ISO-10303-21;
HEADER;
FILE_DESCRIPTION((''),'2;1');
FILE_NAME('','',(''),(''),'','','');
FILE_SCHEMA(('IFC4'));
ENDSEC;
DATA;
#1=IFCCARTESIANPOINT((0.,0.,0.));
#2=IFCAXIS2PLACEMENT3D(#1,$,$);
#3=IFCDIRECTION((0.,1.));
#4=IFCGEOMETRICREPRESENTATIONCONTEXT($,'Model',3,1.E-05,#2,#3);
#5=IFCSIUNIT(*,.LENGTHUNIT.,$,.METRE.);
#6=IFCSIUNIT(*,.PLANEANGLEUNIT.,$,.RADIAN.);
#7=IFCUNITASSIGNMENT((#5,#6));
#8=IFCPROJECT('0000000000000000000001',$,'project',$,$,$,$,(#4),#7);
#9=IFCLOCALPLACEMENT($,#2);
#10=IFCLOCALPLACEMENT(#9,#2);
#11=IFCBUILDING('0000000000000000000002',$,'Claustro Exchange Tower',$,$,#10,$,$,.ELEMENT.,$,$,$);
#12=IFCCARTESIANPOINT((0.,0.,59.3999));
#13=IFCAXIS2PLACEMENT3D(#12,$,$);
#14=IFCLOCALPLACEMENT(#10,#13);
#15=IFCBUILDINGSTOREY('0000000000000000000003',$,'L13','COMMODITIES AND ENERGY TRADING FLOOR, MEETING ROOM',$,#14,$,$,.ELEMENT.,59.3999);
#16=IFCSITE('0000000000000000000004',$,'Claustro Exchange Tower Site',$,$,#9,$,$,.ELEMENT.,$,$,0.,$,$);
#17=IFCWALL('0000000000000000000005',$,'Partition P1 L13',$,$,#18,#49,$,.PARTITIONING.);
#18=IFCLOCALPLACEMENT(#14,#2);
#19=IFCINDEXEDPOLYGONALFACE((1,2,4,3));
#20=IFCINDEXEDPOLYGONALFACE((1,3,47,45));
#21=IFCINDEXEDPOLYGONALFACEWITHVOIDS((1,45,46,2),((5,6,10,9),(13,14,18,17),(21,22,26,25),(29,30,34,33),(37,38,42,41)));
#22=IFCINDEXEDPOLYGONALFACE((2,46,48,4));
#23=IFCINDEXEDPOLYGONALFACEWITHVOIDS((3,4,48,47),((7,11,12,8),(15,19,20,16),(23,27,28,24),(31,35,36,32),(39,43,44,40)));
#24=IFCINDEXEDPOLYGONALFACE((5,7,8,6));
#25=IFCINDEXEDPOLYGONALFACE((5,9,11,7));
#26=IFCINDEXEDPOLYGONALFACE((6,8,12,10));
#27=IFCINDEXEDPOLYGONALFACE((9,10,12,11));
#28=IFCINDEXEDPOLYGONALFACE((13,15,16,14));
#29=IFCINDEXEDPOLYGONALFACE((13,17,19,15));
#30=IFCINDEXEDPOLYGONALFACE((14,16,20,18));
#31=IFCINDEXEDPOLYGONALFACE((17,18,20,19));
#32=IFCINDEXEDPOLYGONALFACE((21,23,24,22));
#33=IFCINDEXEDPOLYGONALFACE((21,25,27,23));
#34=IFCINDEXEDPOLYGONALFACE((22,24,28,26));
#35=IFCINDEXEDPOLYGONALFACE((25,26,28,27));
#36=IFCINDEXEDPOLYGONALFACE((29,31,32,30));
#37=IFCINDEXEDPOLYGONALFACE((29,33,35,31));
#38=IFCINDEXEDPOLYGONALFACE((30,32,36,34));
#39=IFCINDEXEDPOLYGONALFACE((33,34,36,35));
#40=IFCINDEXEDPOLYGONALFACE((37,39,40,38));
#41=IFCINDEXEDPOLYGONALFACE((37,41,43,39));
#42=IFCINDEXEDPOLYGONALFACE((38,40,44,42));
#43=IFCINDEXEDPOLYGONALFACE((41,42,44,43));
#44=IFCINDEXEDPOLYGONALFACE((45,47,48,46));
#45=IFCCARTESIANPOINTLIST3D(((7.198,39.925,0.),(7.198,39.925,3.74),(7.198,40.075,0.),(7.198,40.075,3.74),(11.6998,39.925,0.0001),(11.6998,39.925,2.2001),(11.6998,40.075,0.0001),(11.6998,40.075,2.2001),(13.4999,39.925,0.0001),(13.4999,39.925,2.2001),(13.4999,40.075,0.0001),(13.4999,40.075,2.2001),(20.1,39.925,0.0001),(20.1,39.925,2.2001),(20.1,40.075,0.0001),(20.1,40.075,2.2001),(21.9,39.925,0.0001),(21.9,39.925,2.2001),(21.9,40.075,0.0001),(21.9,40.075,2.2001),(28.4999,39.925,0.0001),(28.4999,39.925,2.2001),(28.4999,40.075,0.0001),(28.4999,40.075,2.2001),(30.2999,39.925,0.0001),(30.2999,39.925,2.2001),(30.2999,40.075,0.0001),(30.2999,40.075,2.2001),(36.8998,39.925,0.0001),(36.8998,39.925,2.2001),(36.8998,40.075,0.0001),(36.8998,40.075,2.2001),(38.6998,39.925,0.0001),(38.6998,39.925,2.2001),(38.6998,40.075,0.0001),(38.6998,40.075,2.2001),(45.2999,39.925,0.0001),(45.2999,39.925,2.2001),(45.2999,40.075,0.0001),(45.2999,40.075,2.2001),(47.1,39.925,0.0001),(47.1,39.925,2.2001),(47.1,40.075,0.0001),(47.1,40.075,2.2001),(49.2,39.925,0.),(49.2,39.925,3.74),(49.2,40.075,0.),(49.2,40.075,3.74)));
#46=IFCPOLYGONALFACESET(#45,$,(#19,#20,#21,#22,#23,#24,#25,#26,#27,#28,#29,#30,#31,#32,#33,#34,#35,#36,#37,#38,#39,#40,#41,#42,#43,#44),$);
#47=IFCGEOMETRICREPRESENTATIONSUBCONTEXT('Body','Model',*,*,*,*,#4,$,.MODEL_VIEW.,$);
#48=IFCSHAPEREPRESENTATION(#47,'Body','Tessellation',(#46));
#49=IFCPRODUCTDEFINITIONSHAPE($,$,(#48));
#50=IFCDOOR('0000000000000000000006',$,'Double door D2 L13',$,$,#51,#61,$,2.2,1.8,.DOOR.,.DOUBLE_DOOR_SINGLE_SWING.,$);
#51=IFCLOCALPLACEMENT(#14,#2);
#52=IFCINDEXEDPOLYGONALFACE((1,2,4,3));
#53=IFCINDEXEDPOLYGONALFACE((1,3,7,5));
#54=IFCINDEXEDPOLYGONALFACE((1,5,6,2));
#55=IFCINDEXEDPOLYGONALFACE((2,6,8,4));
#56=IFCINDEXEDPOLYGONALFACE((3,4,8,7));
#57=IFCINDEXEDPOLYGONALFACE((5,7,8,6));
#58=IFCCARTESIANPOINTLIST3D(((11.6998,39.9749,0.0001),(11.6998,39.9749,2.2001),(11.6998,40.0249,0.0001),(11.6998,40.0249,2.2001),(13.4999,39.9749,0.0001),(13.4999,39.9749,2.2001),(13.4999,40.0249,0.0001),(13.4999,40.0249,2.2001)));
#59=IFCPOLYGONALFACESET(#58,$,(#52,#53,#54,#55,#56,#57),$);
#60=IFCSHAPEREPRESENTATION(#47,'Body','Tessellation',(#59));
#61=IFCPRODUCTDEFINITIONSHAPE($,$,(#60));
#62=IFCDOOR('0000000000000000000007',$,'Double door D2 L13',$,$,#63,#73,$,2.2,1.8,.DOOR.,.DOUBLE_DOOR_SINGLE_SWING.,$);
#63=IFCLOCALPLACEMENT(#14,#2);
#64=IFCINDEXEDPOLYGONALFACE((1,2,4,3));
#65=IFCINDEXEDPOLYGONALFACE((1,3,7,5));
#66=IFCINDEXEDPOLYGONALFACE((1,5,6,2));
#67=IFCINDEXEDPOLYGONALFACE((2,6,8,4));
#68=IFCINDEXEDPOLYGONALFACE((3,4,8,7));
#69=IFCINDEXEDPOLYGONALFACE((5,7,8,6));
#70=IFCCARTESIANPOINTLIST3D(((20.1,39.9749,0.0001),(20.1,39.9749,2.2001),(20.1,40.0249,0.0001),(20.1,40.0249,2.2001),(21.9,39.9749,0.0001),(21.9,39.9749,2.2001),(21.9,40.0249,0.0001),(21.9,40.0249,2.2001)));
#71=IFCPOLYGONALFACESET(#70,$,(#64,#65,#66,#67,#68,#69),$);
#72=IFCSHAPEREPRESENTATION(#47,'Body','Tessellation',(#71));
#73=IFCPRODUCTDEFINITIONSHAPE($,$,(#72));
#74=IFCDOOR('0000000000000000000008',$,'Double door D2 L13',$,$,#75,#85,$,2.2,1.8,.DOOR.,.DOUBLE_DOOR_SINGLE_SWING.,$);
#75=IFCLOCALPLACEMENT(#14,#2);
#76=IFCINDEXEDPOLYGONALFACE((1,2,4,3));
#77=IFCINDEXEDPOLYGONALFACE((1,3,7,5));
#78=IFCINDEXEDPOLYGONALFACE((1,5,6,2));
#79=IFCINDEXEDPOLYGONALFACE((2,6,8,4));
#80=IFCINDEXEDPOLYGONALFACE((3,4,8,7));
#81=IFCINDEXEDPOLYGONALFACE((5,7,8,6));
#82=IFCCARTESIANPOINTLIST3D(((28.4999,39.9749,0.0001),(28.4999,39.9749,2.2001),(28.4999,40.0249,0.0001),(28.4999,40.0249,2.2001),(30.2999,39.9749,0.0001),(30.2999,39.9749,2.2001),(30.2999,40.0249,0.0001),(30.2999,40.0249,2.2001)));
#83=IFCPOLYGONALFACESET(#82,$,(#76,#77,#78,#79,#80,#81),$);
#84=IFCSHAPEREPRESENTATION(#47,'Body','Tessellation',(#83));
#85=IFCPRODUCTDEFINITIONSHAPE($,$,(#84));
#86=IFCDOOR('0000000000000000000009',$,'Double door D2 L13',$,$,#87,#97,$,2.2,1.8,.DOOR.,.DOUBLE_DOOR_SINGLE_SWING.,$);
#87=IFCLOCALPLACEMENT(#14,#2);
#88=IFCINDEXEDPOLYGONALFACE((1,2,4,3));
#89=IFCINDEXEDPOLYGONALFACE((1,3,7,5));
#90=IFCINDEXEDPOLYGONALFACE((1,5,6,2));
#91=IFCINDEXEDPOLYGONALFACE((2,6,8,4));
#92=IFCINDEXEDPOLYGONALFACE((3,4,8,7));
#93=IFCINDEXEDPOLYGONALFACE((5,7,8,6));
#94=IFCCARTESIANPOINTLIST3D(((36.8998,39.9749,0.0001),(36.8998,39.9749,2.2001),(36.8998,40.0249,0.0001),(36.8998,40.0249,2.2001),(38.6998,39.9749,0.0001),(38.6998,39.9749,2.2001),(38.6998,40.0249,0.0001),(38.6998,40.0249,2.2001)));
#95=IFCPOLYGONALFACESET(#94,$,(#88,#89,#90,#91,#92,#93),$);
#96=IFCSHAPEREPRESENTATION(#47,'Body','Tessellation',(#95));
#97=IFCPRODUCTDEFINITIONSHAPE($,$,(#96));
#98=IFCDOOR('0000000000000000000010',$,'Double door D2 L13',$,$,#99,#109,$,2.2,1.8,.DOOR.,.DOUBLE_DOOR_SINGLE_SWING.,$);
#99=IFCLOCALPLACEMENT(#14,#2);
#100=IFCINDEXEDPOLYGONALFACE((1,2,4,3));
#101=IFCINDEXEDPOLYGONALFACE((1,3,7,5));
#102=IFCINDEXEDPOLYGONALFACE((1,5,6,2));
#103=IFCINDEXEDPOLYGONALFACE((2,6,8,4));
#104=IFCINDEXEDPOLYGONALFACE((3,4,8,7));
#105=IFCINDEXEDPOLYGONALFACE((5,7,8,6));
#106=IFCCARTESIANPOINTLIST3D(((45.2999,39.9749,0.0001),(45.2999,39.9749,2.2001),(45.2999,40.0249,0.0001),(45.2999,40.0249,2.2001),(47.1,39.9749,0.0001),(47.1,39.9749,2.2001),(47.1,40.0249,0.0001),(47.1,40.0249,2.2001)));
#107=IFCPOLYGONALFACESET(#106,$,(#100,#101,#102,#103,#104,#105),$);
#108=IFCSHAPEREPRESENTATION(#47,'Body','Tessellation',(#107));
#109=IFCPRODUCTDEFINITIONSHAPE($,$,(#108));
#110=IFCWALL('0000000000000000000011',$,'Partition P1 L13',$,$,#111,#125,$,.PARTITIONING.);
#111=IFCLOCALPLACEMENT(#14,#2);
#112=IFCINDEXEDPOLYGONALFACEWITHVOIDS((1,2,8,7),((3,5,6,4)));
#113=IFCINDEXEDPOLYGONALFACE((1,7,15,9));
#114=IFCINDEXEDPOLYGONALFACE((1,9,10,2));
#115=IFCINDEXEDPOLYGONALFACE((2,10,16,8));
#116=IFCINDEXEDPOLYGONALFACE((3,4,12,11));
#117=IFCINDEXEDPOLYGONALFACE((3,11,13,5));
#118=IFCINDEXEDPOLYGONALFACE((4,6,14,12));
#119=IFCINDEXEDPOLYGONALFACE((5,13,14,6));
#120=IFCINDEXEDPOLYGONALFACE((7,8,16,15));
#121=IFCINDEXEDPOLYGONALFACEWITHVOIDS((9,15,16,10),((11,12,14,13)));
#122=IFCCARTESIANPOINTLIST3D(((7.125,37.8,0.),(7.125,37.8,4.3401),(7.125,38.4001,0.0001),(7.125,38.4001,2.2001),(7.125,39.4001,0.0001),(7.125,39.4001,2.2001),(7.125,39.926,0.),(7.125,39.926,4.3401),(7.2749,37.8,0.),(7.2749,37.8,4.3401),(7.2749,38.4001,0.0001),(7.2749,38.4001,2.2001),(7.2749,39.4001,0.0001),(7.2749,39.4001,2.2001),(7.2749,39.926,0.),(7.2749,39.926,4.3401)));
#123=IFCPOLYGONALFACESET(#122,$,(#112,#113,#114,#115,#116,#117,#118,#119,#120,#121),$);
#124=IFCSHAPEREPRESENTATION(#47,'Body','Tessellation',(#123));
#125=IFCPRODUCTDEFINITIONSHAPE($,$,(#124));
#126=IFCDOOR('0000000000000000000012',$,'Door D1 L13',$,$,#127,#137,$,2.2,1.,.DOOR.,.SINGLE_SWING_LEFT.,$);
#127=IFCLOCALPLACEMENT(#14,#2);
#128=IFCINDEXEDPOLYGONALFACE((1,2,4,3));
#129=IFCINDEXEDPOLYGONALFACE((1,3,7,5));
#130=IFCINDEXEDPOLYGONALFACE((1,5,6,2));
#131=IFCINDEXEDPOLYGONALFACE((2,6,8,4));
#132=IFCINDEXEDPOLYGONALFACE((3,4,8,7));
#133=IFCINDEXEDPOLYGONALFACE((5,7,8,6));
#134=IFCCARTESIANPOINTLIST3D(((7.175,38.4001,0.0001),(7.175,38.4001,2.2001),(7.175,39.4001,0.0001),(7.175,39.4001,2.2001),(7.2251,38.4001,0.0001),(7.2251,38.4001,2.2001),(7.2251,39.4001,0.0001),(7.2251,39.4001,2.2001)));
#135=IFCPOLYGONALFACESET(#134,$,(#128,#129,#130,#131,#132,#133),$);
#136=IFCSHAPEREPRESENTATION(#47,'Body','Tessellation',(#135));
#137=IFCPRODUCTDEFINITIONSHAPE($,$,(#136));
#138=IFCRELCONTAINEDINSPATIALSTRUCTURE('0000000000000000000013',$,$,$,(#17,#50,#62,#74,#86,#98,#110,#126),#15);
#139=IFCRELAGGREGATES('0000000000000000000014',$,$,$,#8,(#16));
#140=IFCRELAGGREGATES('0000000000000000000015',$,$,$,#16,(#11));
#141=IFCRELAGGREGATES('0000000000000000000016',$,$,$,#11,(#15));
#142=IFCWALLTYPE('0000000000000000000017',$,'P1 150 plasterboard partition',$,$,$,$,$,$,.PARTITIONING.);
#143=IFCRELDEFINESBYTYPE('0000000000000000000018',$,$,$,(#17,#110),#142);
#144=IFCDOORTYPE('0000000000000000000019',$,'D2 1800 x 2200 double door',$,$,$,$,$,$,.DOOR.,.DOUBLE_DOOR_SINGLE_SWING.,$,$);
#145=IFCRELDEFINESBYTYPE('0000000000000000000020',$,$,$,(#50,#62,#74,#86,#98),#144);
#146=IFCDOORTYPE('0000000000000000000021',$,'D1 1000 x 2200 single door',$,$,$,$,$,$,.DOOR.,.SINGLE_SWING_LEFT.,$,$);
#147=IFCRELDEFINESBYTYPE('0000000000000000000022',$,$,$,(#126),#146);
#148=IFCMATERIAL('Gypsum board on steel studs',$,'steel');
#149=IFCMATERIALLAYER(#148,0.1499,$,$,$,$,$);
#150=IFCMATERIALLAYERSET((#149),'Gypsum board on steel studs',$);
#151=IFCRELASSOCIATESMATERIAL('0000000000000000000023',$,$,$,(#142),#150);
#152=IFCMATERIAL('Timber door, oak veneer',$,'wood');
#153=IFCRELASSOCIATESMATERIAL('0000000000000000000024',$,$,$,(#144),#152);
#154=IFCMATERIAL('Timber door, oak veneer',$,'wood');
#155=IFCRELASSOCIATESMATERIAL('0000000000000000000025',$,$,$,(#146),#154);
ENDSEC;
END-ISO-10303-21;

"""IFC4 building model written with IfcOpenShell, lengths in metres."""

from ifc_helpers import new_model, si_unit, direction, frame, frame_2d, origin, place, context, subcontext, project, spatial, rectangle, extrude, material, layer, layer_set, type_object, element, fill, save


model = new_model("IFC4")

# Units and contexts
model_context = context("Model", 3, precision=1e-05, world=origin(), true_north=direction((0.0, 1.0)))
body_context = subcontext(model_context, "Body", "Model", "MODEL_VIEW")
ifc_project = project(units=[si_unit("LENGTHUNIT", "METRE"), si_unit("PLANEANGLEUNIT", "RADIAN")], contexts=[model_context])

# Site, building, storey
site_placement = place(None, origin())
site = spatial("IfcSite", under=ifc_project, at=site_placement, Name="Claustro Exchange Tower Site", CompositionType="ELEMENT", RefElevation=0.0)
building_placement = place(site_placement, origin())
building = spatial("IfcBuilding", under=site, at=building_placement, Name="Claustro Exchange Tower", CompositionType="ELEMENT")
storey_placement = place(building_placement, frame((0.0, 0.0, 59.3999)))
storey = spatial("IfcBuildingStorey", under=building, at=storey_placement, Name="L13", Description="COMMODITIES AND ENERGY TRADING FLOOR, MEETING ROOM", CompositionType="ELEMENT", Elevation=59.3999)

# Wall, openings, doors
ifc_material_1 = material(Name="Gypsum board on steel studs", Category="steel")
ifc_layer = layer(ifc_material_1, 0.1499)
ifc_layer_set = layer_set([ifc_layer], Name="Gypsum board on steel studs")
wall_type = type_object("IfcWallType", Name="P1 150 plasterboard partition", PredefinedType="PARTITIONING", material=ifc_layer_set)
wall_1_placement = place(storey_placement, frame((7.198, 40.0, 0.0), z_axis=(0.0, 0.0, 1.0), x_axis=(1.0, 0.0, 0.0)))
wall_1 = element("IfcWall", 1, at=wall_1_placement, inside=storey, type_object=wall_type, Name="Partition P1 L13", PredefinedType="PARTITIONING", context=body_context, shape_type="SweptSolid", body=[
    extrude(rectangle(XDim=42.002, YDim=0.1499, at=frame_2d((21.001, 0.0))), origin(), (0.0, 0.0, 1.0), 3.74),
])
opening_1_placement = place(wall_1_placement, frame((4.502, 0.0, 0.0)))
opening_1 = element("IfcOpeningElement", 2, at=opening_1_placement, cuts=wall_1, PredefinedType="OPENING", context=body_context, shape_type="SweptSolid", body=[
    extrude(rectangle(XDim=1.8, YDim=2.2, at=frame_2d((0.8999, 1.1001))), frame((0.0, 0.085, 0.0), z_axis=(0.0, -1.0, 0.0), x_axis=(1.0, 0.0, 0.0)), (0.0, 0.0, 1.0), 0.1699),
])
opening_2_placement = place(wall_1_placement, frame((12.9021, 0.0, 0.0)))
opening_2 = element("IfcOpeningElement", 3, at=opening_2_placement, cuts=wall_1, PredefinedType="OPENING", context=body_context, shape_type="SweptSolid", body=[
    extrude(rectangle(XDim=1.8, YDim=2.2, at=frame_2d((0.8999, 1.1001))), frame((0.0, 0.085, 0.0), z_axis=(0.0, -1.0, 0.0), x_axis=(1.0, 0.0, 0.0)), (0.0, 0.0, 1.0), 0.1699),
])
opening_3_placement = place(wall_1_placement, frame((21.302, 0.0, 0.0)))
opening_3 = element("IfcOpeningElement", 4, at=opening_3_placement, cuts=wall_1, PredefinedType="OPENING", context=body_context, shape_type="SweptSolid", body=[
    extrude(rectangle(XDim=1.8, YDim=2.2, at=frame_2d((0.8999, 1.1001))), frame((0.0, 0.085, 0.0), z_axis=(0.0, -1.0, 0.0), x_axis=(1.0, 0.0, 0.0)), (0.0, 0.0, 1.0), 0.1699),
])
opening_4_placement = place(wall_1_placement, frame((29.7019, 0.0, 0.0)))
opening_4 = element("IfcOpeningElement", 5, at=opening_4_placement, cuts=wall_1, PredefinedType="OPENING", context=body_context, shape_type="SweptSolid", body=[
    extrude(rectangle(XDim=1.8, YDim=2.2, at=frame_2d((0.8999, 1.1001))), frame((0.0, 0.085, 0.0), z_axis=(0.0, -1.0, 0.0), x_axis=(1.0, 0.0, 0.0)), (0.0, 0.0, 1.0), 0.1699),
])
opening_5_placement = place(wall_1_placement, frame((38.1021, 0.0, 0.0)))
opening_5 = element("IfcOpeningElement", 6, at=opening_5_placement, cuts=wall_1, PredefinedType="OPENING", context=body_context, shape_type="SweptSolid", body=[
    extrude(rectangle(XDim=1.8, YDim=2.2, at=frame_2d((0.8999, 1.1001))), frame((0.0, 0.085, 0.0), z_axis=(0.0, -1.0, 0.0), x_axis=(1.0, 0.0, 0.0)), (0.0, 0.0, 1.0), 0.1699),
])
ifc_material_2 = material(Name="Timber door, oak veneer", Category="wood")
door_type_1 = type_object("IfcDoorType", Name="D2 1800 x 2200 double door", OperationType="DOUBLE_DOOR_SINGLE_SWING", PredefinedType="DOOR", material=ifc_material_2)
door_1_placement = place(opening_1_placement, origin())
door_1 = element("IfcDoor", 7, at=door_1_placement, inside=storey, type_object=door_type_1, Name="Double door D2 L13", OperationType="DOUBLE_DOOR_SINGLE_SWING", OverallHeight=2.2, OverallWidth=1.8, PredefinedType="DOOR", context=body_context, shape_type="SweptSolid", body=[
    extrude(rectangle(XDim=1.8, YDim=2.2, at=frame_2d((0.8999, 1.1001))), frame((0.0, 0.0249, 0.0), z_axis=(0.0, -1.0, 0.0), x_axis=(1.0, 0.0, 0.0)), (0.0, 0.0, 1.0), 0.05),
])
fill(opening_1, door_1)
door_2_placement = place(opening_2_placement, origin())
door_2 = element("IfcDoor", 8, at=door_2_placement, inside=storey, type_object=door_type_1, Name="Double door D2 L13", OperationType="DOUBLE_DOOR_SINGLE_SWING", OverallHeight=2.2, OverallWidth=1.8, PredefinedType="DOOR", context=body_context, shape_type="SweptSolid", body=[
    extrude(rectangle(XDim=1.8, YDim=2.2, at=frame_2d((0.8999, 1.1001))), frame((0.0, 0.0249, 0.0), z_axis=(0.0, -1.0, 0.0), x_axis=(1.0, 0.0, 0.0)), (0.0, 0.0, 1.0), 0.05),
])
fill(opening_2, door_2)
door_3_placement = place(opening_3_placement, origin())
door_3 = element("IfcDoor", 9, at=door_3_placement, inside=storey, type_object=door_type_1, Name="Double door D2 L13", OperationType="DOUBLE_DOOR_SINGLE_SWING", OverallHeight=2.2, OverallWidth=1.8, PredefinedType="DOOR", context=body_context, shape_type="SweptSolid", body=[
    extrude(rectangle(XDim=1.8, YDim=2.2, at=frame_2d((0.8999, 1.1001))), frame((0.0, 0.0249, 0.0), z_axis=(0.0, -1.0, 0.0), x_axis=(1.0, 0.0, 0.0)), (0.0, 0.0, 1.0), 0.05),
])
fill(opening_3, door_3)
door_4_placement = place(opening_4_placement, origin())
door_4 = element("IfcDoor", 10, at=door_4_placement, inside=storey, type_object=door_type_1, Name="Double door D2 L13", OperationType="DOUBLE_DOOR_SINGLE_SWING", OverallHeight=2.2, OverallWidth=1.8, PredefinedType="DOOR", context=body_context, shape_type="SweptSolid", body=[
    extrude(rectangle(XDim=1.8, YDim=2.2, at=frame_2d((0.8999, 1.1001))), frame((0.0, 0.0249, 0.0), z_axis=(0.0, -1.0, 0.0), x_axis=(1.0, 0.0, 0.0)), (0.0, 0.0, 1.0), 0.05),
])
fill(opening_4, door_4)
door_5_placement = place(opening_5_placement, origin())
door_5 = element("IfcDoor", 11, at=door_5_placement, inside=storey, type_object=door_type_1, Name="Double door D2 L13", OperationType="DOUBLE_DOOR_SINGLE_SWING", OverallHeight=2.2, OverallWidth=1.8, PredefinedType="DOOR", context=body_context, shape_type="SweptSolid", body=[
    extrude(rectangle(XDim=1.8, YDim=2.2, at=frame_2d((0.8999, 1.1001))), frame((0.0, 0.0249, 0.0), z_axis=(0.0, -1.0, 0.0), x_axis=(1.0, 0.0, 0.0)), (0.0, 0.0, 1.0), 0.05),
])
fill(opening_5, door_5)

# Wall, opening, door
wall_2_placement = place(storey_placement, frame((7.2, 37.8, 0.0), z_axis=(0.0, 0.0, 1.0), x_axis=(0.0, 1.0, 0.0)))
wall_2 = element("IfcWall", 12, at=wall_2_placement, inside=storey, type_object=wall_type, Name="Partition P1 L13", PredefinedType="PARTITIONING", context=body_context, shape_type="SweptSolid", body=[
    extrude(rectangle(XDim=2.126, YDim=0.1499, at=frame_2d((1.063, 0.0))), origin(), (0.0, 0.0, 1.0), 4.3401),
])
opening_6_placement = place(wall_2_placement, frame((0.6001, 0.0, 0.0)))
opening_6 = element("IfcOpeningElement", 13, at=opening_6_placement, cuts=wall_2, PredefinedType="OPENING", context=body_context, shape_type="SweptSolid", body=[
    extrude(rectangle(XDim=1.0, YDim=2.2, at=frame_2d((0.5, 1.1001))), frame((0.0, 0.085, 0.0), z_axis=(0.0, -1.0, 0.0), x_axis=(1.0, 0.0, 0.0)), (0.0, 0.0, 1.0), 0.1699),
])
ifc_material_3 = material(Name="Timber door, oak veneer", Category="wood")
door_type_2 = type_object("IfcDoorType", Name="D1 1000 x 2200 single door", OperationType="SINGLE_SWING_LEFT", PredefinedType="DOOR", material=ifc_material_3)
door_6_placement = place(opening_6_placement, origin())
door_6 = element("IfcDoor", 14, at=door_6_placement, inside=storey, type_object=door_type_2, Name="Door D1 L13", OperationType="SINGLE_SWING_LEFT", OverallHeight=2.2, OverallWidth=1.0, PredefinedType="DOOR", context=body_context, shape_type="SweptSolid", body=[
    extrude(rectangle(XDim=1.0, YDim=2.2, at=frame_2d((0.5, 1.1001))), frame((0.0, 0.0249, 0.0), z_axis=(0.0, -1.0, 0.0), x_axis=(1.0, 0.0, 0.0)), (0.0, 0.0, 1.0), 0.05),
])
fill(opening_6, door_6)

save(model, "model.ifc")
